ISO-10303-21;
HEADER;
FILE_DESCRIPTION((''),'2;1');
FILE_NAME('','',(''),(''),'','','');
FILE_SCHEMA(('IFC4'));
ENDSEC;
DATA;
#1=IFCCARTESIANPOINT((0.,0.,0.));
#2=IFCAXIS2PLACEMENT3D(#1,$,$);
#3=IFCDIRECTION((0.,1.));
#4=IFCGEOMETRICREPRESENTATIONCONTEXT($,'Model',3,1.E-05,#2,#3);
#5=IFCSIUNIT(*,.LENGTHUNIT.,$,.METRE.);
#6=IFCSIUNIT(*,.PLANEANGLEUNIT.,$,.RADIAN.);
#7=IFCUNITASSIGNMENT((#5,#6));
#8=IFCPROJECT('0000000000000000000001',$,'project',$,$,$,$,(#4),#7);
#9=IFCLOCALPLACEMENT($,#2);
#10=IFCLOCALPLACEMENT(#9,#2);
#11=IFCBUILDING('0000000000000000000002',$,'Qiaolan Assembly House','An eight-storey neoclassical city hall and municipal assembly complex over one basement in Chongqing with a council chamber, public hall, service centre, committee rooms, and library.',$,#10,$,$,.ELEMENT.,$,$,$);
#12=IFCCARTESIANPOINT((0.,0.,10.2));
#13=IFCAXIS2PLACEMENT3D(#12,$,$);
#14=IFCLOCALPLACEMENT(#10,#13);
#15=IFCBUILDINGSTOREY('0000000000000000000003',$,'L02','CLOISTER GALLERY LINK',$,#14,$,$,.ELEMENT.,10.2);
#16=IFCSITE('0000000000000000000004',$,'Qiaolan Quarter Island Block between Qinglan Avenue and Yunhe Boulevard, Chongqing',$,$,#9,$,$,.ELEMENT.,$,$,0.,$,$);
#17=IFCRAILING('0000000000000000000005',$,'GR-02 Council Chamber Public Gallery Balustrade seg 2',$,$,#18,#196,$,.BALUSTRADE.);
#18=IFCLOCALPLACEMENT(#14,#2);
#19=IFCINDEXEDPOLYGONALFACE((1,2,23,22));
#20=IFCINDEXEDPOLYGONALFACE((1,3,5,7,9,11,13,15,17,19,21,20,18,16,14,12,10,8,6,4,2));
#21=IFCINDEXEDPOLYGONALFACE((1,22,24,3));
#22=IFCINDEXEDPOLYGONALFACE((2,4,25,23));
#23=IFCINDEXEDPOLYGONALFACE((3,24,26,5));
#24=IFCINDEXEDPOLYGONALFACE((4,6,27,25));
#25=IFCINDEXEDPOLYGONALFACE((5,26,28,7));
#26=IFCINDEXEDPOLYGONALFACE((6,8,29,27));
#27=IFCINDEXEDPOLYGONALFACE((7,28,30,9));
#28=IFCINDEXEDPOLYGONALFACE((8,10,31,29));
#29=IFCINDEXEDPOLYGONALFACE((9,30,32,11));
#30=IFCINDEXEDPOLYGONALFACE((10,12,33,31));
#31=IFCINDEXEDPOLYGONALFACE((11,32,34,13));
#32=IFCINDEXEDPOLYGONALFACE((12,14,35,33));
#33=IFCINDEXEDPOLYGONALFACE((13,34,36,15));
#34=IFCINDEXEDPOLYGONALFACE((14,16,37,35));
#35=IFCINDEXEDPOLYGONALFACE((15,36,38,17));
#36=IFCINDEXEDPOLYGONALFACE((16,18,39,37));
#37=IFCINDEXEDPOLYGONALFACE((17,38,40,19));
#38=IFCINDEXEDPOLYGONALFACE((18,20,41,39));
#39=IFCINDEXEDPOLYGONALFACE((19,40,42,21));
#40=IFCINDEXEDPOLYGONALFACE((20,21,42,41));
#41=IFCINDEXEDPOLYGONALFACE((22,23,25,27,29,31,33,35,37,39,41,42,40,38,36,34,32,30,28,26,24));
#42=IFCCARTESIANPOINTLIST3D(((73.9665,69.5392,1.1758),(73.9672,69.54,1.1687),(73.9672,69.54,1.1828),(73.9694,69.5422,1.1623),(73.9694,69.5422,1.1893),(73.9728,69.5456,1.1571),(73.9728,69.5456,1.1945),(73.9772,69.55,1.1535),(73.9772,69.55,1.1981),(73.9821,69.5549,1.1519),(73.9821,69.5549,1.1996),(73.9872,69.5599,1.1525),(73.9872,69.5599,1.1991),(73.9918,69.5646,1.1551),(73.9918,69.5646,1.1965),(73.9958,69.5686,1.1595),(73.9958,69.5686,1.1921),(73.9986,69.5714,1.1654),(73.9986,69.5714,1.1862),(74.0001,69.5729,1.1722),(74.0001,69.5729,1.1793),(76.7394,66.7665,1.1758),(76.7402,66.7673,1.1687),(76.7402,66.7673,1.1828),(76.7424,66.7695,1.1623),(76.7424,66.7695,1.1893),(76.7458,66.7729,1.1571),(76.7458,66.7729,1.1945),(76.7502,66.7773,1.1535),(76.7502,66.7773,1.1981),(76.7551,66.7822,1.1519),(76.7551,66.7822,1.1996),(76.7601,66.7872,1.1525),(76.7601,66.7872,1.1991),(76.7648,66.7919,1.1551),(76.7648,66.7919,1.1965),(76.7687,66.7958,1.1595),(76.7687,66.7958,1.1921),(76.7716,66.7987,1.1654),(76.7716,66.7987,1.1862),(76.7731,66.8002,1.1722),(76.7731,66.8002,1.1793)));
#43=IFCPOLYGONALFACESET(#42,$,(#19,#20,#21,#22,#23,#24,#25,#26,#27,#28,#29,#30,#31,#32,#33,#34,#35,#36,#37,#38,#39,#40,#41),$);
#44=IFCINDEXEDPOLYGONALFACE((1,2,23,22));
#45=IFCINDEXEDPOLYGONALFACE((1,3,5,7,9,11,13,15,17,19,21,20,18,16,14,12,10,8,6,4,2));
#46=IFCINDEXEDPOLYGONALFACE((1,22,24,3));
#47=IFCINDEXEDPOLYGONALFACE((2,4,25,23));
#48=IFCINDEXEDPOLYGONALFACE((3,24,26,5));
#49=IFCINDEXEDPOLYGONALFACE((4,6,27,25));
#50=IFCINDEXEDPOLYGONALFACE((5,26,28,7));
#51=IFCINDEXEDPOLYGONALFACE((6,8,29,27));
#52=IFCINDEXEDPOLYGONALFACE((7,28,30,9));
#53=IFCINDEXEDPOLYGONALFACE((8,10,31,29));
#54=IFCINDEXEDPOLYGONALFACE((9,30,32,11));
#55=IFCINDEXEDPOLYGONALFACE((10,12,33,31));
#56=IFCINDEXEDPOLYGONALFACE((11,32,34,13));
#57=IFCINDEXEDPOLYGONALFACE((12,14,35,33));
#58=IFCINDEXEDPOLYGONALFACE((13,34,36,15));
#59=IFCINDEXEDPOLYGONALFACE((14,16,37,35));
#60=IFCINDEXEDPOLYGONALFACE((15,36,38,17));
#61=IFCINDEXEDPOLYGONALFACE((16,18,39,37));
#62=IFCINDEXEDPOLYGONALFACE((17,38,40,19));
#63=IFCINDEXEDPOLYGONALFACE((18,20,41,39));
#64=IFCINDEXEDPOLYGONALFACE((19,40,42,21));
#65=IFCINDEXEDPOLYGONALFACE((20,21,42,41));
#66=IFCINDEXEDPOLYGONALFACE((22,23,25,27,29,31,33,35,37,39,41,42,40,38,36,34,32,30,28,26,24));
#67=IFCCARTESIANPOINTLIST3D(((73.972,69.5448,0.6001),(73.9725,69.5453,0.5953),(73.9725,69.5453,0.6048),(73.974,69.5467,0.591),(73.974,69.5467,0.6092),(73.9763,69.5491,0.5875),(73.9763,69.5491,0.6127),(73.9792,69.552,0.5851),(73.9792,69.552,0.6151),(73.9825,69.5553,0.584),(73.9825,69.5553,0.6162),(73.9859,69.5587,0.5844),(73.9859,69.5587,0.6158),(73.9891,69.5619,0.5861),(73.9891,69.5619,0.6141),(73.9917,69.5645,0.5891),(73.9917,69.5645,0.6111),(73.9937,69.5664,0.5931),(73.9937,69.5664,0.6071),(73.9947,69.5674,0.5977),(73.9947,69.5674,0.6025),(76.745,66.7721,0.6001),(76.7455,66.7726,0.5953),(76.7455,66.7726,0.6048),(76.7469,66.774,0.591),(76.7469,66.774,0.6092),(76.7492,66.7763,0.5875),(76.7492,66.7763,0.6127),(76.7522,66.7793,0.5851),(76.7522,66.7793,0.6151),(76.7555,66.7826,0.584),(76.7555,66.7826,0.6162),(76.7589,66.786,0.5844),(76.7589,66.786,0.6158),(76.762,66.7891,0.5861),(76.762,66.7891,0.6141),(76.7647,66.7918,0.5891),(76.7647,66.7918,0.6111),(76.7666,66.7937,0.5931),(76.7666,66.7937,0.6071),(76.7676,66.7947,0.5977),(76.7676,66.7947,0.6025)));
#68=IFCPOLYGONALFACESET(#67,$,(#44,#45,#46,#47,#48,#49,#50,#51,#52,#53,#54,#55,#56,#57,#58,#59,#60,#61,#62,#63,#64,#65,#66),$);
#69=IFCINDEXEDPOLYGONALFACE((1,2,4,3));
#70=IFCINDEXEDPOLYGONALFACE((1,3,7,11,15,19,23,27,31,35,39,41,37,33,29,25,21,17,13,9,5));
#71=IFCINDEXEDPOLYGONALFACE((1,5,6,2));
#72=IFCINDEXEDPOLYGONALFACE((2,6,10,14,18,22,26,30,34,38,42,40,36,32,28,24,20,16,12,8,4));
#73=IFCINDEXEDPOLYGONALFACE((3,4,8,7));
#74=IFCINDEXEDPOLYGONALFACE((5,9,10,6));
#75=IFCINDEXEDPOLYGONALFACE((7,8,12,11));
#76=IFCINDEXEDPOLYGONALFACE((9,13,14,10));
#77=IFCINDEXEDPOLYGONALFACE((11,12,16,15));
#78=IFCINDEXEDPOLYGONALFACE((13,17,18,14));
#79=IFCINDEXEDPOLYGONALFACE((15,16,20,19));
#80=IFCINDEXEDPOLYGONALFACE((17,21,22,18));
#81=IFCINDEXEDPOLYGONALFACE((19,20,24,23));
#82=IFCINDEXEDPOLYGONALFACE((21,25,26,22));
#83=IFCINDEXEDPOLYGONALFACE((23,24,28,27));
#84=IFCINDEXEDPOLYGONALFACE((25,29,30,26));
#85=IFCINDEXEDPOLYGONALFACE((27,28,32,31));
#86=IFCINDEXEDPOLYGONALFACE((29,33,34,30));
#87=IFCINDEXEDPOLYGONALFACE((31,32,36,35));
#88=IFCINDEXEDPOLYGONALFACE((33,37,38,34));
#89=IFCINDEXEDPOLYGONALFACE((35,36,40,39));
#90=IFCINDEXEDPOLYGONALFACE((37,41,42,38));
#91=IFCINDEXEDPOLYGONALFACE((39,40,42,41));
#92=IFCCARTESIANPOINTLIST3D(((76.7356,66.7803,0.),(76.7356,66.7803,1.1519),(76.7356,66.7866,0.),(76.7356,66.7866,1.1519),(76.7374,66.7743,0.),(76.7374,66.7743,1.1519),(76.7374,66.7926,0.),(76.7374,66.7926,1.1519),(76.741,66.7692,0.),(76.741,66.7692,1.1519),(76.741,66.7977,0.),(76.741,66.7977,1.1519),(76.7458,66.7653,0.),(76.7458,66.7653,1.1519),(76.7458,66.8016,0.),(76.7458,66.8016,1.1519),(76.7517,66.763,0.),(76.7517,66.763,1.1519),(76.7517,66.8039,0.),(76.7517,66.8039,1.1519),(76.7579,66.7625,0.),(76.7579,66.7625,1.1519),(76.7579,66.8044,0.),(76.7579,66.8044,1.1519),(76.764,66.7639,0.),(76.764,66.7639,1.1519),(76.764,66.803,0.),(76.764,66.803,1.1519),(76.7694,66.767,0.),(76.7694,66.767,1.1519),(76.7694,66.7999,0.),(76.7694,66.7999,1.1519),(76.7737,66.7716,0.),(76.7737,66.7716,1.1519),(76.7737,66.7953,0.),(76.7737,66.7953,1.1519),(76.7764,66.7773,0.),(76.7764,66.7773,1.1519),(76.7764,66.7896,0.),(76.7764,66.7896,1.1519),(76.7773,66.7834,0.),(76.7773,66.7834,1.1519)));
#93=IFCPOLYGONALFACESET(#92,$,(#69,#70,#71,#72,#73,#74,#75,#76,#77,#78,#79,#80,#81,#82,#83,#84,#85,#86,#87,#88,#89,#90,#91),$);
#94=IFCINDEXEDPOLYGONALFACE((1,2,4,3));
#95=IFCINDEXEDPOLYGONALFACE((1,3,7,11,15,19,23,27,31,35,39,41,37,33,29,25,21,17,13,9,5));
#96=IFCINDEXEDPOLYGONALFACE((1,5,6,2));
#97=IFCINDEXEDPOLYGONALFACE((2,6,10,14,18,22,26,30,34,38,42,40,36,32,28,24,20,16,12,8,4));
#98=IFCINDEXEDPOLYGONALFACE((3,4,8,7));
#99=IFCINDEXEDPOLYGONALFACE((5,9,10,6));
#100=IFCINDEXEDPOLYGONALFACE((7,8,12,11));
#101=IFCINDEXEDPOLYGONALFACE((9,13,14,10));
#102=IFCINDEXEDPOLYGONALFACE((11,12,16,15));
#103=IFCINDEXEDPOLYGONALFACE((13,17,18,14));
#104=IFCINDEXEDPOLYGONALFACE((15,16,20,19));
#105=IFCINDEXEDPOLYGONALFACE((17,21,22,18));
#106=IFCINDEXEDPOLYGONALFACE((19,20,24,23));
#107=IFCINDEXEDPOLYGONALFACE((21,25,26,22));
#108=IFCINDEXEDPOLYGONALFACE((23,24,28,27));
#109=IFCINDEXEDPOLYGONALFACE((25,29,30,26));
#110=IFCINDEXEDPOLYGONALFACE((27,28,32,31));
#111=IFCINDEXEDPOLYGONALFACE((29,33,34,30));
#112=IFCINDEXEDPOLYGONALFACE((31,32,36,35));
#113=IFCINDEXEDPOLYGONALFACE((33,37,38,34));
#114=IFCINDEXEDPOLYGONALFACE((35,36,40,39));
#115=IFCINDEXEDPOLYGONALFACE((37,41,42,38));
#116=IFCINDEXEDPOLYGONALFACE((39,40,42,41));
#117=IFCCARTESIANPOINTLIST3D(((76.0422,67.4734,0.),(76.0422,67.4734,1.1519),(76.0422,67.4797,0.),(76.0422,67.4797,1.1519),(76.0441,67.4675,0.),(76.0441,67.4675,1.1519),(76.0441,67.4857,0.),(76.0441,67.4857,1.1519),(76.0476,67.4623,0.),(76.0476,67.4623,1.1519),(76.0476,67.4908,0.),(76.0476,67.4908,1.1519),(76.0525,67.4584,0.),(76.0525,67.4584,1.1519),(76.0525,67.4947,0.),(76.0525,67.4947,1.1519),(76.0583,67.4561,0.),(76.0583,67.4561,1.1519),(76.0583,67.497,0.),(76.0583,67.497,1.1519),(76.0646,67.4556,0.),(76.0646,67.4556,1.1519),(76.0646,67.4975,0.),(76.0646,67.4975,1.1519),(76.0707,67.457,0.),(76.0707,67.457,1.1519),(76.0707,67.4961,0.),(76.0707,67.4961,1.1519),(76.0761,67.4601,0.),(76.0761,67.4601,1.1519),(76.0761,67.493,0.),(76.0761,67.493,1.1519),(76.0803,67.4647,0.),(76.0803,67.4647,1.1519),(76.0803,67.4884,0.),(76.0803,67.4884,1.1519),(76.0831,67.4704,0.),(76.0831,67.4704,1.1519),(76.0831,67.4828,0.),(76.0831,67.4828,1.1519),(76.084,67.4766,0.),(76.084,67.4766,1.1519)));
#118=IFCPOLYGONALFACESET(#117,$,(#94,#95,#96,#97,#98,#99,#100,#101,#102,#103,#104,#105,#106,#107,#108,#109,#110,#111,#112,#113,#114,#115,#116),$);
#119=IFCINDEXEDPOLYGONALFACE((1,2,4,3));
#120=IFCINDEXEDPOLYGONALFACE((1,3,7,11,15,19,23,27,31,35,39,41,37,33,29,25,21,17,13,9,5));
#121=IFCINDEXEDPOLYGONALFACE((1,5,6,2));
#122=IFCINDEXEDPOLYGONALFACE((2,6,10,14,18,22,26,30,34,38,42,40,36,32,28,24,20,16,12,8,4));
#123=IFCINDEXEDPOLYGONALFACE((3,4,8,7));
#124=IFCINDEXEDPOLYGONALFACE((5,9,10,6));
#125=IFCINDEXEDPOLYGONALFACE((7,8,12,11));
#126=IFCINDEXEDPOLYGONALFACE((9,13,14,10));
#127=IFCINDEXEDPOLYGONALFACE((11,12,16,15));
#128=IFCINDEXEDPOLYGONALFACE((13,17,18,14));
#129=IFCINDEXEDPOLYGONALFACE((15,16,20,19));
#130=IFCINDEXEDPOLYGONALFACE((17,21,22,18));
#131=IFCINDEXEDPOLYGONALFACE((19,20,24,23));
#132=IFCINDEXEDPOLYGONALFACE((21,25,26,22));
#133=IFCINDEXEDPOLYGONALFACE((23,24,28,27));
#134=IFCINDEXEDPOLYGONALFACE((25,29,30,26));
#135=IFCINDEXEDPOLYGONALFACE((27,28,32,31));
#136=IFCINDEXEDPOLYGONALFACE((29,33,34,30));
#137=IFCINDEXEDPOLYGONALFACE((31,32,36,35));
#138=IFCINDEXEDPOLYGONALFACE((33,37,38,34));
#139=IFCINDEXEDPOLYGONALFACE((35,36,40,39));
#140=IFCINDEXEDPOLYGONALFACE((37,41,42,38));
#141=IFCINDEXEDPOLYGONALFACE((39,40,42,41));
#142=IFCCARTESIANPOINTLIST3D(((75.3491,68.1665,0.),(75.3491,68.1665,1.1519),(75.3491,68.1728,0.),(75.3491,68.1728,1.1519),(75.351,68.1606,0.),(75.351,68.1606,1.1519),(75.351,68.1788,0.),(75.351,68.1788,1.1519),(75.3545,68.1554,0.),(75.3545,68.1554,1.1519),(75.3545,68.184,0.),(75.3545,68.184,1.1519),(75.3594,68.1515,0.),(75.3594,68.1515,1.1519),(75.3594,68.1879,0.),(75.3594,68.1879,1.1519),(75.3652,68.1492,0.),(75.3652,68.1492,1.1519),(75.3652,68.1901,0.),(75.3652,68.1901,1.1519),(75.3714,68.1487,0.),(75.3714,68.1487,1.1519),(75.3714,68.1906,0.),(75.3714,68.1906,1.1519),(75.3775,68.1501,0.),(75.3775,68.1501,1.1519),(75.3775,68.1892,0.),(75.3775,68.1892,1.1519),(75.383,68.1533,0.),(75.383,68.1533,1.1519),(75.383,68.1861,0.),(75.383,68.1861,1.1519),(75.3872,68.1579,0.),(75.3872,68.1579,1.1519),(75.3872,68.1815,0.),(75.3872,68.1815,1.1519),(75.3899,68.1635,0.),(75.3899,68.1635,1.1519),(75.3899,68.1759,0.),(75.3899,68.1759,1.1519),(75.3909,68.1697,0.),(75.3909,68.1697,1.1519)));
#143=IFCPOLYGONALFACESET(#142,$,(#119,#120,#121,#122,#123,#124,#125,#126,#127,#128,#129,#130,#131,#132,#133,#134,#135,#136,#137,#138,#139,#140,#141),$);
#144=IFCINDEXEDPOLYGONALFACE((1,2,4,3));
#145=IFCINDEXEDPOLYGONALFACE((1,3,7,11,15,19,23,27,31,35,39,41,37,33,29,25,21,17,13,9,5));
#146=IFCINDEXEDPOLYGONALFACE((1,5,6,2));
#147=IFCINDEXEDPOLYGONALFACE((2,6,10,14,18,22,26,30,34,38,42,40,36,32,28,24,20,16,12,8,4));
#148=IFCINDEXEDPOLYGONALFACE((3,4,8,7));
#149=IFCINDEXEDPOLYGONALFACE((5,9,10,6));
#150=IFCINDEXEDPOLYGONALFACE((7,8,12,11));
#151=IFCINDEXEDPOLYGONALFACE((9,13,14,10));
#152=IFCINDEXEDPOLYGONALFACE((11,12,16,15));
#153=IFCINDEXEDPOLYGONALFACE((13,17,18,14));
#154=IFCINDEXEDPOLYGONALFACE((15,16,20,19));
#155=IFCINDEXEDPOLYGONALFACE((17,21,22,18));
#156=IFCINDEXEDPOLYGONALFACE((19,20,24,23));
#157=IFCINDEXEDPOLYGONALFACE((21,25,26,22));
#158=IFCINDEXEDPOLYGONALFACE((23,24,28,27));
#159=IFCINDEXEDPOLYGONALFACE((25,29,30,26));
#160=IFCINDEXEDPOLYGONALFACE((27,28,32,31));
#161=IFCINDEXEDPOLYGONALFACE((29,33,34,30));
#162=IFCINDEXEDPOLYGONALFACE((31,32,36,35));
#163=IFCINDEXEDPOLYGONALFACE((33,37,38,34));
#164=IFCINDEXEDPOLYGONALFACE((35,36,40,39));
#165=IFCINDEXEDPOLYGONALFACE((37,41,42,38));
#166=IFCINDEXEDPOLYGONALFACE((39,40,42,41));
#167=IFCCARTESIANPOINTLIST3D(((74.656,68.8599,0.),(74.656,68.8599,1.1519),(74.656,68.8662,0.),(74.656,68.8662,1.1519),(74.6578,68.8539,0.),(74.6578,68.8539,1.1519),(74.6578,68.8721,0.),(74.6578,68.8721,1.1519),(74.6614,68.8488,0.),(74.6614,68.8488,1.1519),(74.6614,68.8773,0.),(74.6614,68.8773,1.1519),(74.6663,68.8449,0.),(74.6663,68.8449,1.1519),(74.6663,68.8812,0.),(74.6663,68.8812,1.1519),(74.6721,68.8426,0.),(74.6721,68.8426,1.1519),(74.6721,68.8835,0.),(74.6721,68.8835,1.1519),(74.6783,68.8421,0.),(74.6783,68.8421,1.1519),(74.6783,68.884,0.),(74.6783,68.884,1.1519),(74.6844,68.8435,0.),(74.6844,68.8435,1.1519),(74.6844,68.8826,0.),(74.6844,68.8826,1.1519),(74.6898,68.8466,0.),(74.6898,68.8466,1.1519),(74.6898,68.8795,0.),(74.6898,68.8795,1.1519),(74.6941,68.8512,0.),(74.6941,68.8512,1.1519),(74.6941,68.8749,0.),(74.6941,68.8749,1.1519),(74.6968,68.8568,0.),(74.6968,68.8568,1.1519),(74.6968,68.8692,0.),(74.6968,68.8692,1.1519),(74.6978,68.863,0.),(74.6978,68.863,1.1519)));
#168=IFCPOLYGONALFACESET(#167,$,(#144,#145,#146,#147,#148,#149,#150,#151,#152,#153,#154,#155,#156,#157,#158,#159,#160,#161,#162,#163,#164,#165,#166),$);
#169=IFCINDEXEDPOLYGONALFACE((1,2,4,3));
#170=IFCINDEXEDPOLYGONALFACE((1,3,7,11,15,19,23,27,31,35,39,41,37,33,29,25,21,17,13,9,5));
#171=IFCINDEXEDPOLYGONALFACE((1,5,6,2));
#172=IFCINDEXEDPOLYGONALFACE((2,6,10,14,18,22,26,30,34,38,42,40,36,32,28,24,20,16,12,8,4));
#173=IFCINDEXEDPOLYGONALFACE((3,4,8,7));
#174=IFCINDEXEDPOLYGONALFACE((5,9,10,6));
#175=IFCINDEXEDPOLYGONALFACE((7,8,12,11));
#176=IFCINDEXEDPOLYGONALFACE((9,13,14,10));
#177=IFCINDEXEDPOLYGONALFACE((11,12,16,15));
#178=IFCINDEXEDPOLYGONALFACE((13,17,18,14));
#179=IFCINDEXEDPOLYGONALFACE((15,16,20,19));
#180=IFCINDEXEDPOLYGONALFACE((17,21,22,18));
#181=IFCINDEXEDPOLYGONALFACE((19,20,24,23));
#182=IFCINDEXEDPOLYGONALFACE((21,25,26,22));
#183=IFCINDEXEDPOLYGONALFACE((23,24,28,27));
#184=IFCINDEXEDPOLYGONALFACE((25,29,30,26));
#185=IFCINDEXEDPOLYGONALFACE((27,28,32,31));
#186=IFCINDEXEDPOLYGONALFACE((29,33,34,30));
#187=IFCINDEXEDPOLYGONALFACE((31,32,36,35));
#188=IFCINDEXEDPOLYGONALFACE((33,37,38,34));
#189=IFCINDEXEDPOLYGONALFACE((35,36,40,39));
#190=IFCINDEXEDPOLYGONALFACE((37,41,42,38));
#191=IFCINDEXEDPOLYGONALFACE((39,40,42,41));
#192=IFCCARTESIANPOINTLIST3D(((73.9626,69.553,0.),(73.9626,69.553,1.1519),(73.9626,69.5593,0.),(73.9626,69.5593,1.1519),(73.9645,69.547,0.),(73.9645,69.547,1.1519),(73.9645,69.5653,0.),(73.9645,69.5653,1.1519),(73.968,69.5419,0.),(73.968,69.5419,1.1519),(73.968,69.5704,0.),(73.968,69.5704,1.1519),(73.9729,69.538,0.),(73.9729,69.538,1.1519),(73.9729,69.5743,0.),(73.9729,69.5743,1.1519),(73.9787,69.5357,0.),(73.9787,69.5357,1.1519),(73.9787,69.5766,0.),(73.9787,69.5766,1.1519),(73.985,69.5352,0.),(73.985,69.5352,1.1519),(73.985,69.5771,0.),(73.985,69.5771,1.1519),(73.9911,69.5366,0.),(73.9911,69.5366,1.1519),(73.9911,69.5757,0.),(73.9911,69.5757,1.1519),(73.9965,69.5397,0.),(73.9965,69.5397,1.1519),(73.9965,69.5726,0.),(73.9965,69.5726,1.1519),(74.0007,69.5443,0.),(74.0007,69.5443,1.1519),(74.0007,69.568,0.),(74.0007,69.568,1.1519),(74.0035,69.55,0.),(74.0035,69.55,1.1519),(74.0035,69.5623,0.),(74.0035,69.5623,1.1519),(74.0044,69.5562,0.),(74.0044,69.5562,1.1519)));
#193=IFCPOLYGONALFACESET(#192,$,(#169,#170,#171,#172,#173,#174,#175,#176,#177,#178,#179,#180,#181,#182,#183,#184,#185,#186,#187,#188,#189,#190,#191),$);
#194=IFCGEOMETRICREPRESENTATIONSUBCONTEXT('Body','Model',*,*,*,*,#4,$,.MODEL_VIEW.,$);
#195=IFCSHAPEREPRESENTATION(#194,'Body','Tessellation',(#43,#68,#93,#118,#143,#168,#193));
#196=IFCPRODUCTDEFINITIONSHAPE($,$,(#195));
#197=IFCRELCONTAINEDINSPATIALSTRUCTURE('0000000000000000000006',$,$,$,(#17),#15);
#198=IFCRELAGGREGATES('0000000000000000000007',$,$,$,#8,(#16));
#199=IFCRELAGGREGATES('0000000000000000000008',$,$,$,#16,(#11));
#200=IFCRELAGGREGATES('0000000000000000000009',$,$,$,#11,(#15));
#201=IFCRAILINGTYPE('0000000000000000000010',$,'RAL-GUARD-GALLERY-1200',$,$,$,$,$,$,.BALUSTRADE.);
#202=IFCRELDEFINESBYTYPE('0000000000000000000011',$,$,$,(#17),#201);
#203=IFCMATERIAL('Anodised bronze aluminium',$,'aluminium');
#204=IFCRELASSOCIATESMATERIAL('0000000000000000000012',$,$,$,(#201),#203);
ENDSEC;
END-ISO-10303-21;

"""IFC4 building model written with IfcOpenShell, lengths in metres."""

from ifc_helpers import new_model, si_unit, direction, frame, origin, origin_2d, place, context, subcontext, project, spatial, circle, extrude, material, type_object, element, save


model = new_model("IFC4")

# Units and contexts
model_context = context("Model", 3, precision=1e-05, world=origin(), true_north=direction((0.0, 1.0)))
body_context = subcontext(model_context, "Body", "Model", "MODEL_VIEW")
ifc_project = project(units=[si_unit("LENGTHUNIT", "METRE"), si_unit("PLANEANGLEUNIT", "RADIAN")], contexts=[model_context])

# Site, building, storey
site_placement = place(None, origin())
site = spatial("IfcSite", under=ifc_project, at=site_placement, Name="Qiaolan Quarter Island Block between Qinglan Avenue and Yunhe Boulevard, Chongqing", CompositionType="ELEMENT", RefElevation=0.0)
building_placement = place(site_placement, origin())
building = spatial("IfcBuilding", under=site, at=building_placement, Name="Qiaolan Assembly House", Description="An eight-storey neoclassical city hall and municipal assembly complex over one basement in Chongqing with a council chamber, public hall, service centre, committee rooms, and library.", CompositionType="ELEMENT")
storey_placement = place(building_placement, frame((0.0, 0.0, 10.2)))
storey = spatial("IfcBuildingStorey", under=building, at=storey_placement, Name="L02", Description="CLOISTER GALLERY LINK", CompositionType="ELEMENT", Elevation=10.2)

# Railing
ifc_material_1 = material(Name="Anodised bronze aluminium", Category="aluminium")
railing_type = type_object("IfcRailingType", Name="RAL-GUARD-GALLERY-1200", PredefinedType="BALUSTRADE", material=ifc_material_1)
railing_1_placement = place(storey_placement, frame((76.7563, 66.7834, 0.0)))
element("IfcRailing", 1, at=railing_1_placement, inside=storey, type_object=railing_type, Name="GR-02 Council Chamber Public Gallery Balustrade seg 2", PredefinedType="BALUSTRADE", context=body_context, shape_type="SweptSolid", body=[
    extrude(circle(Radius=0.0239, at=origin_2d()), frame((0.0, 0.0, 1.1758), z_axis=(-0.707138, 0.707076, 0.0), x_axis=(-0.707076, -0.707138, 0.0)), (0.0, 0.0, 1.0), 3.9214),
    extrude(circle(Radius=0.0161, at=origin_2d()), frame((0.0, 0.0, 0.6001), z_axis=(-0.707138, 0.707076, 0.0), x_axis=(-0.707076, -0.707138, 0.0)), (0.0, 0.0, 1.0), 3.9214),
    extrude(circle(Radius=0.021, at=origin_2d()), origin(), (0.0, 0.0, 1.0), 1.1519),
    extrude(circle(Radius=0.021, at=origin_2d()), frame((-0.6934, 0.6931, 0.0)), (0.0, 0.0, 1.0), 1.1519),
    extrude(circle(Radius=0.021, at=origin_2d()), frame((-1.3865, 1.3862, 0.0)), (0.0, 0.0, 1.0), 1.1519),
    extrude(circle(Radius=0.021, at=origin_2d()), frame((-2.0796, 2.0796, 0.0)), (0.0, 0.0, 1.0), 1.1519),
    extrude(circle(Radius=0.021, at=origin_2d()), frame((-2.7729, 2.7727, 0.0)), (0.0, 0.0, 1.0), 1.1519),
])

save(model, "model.ifc")
